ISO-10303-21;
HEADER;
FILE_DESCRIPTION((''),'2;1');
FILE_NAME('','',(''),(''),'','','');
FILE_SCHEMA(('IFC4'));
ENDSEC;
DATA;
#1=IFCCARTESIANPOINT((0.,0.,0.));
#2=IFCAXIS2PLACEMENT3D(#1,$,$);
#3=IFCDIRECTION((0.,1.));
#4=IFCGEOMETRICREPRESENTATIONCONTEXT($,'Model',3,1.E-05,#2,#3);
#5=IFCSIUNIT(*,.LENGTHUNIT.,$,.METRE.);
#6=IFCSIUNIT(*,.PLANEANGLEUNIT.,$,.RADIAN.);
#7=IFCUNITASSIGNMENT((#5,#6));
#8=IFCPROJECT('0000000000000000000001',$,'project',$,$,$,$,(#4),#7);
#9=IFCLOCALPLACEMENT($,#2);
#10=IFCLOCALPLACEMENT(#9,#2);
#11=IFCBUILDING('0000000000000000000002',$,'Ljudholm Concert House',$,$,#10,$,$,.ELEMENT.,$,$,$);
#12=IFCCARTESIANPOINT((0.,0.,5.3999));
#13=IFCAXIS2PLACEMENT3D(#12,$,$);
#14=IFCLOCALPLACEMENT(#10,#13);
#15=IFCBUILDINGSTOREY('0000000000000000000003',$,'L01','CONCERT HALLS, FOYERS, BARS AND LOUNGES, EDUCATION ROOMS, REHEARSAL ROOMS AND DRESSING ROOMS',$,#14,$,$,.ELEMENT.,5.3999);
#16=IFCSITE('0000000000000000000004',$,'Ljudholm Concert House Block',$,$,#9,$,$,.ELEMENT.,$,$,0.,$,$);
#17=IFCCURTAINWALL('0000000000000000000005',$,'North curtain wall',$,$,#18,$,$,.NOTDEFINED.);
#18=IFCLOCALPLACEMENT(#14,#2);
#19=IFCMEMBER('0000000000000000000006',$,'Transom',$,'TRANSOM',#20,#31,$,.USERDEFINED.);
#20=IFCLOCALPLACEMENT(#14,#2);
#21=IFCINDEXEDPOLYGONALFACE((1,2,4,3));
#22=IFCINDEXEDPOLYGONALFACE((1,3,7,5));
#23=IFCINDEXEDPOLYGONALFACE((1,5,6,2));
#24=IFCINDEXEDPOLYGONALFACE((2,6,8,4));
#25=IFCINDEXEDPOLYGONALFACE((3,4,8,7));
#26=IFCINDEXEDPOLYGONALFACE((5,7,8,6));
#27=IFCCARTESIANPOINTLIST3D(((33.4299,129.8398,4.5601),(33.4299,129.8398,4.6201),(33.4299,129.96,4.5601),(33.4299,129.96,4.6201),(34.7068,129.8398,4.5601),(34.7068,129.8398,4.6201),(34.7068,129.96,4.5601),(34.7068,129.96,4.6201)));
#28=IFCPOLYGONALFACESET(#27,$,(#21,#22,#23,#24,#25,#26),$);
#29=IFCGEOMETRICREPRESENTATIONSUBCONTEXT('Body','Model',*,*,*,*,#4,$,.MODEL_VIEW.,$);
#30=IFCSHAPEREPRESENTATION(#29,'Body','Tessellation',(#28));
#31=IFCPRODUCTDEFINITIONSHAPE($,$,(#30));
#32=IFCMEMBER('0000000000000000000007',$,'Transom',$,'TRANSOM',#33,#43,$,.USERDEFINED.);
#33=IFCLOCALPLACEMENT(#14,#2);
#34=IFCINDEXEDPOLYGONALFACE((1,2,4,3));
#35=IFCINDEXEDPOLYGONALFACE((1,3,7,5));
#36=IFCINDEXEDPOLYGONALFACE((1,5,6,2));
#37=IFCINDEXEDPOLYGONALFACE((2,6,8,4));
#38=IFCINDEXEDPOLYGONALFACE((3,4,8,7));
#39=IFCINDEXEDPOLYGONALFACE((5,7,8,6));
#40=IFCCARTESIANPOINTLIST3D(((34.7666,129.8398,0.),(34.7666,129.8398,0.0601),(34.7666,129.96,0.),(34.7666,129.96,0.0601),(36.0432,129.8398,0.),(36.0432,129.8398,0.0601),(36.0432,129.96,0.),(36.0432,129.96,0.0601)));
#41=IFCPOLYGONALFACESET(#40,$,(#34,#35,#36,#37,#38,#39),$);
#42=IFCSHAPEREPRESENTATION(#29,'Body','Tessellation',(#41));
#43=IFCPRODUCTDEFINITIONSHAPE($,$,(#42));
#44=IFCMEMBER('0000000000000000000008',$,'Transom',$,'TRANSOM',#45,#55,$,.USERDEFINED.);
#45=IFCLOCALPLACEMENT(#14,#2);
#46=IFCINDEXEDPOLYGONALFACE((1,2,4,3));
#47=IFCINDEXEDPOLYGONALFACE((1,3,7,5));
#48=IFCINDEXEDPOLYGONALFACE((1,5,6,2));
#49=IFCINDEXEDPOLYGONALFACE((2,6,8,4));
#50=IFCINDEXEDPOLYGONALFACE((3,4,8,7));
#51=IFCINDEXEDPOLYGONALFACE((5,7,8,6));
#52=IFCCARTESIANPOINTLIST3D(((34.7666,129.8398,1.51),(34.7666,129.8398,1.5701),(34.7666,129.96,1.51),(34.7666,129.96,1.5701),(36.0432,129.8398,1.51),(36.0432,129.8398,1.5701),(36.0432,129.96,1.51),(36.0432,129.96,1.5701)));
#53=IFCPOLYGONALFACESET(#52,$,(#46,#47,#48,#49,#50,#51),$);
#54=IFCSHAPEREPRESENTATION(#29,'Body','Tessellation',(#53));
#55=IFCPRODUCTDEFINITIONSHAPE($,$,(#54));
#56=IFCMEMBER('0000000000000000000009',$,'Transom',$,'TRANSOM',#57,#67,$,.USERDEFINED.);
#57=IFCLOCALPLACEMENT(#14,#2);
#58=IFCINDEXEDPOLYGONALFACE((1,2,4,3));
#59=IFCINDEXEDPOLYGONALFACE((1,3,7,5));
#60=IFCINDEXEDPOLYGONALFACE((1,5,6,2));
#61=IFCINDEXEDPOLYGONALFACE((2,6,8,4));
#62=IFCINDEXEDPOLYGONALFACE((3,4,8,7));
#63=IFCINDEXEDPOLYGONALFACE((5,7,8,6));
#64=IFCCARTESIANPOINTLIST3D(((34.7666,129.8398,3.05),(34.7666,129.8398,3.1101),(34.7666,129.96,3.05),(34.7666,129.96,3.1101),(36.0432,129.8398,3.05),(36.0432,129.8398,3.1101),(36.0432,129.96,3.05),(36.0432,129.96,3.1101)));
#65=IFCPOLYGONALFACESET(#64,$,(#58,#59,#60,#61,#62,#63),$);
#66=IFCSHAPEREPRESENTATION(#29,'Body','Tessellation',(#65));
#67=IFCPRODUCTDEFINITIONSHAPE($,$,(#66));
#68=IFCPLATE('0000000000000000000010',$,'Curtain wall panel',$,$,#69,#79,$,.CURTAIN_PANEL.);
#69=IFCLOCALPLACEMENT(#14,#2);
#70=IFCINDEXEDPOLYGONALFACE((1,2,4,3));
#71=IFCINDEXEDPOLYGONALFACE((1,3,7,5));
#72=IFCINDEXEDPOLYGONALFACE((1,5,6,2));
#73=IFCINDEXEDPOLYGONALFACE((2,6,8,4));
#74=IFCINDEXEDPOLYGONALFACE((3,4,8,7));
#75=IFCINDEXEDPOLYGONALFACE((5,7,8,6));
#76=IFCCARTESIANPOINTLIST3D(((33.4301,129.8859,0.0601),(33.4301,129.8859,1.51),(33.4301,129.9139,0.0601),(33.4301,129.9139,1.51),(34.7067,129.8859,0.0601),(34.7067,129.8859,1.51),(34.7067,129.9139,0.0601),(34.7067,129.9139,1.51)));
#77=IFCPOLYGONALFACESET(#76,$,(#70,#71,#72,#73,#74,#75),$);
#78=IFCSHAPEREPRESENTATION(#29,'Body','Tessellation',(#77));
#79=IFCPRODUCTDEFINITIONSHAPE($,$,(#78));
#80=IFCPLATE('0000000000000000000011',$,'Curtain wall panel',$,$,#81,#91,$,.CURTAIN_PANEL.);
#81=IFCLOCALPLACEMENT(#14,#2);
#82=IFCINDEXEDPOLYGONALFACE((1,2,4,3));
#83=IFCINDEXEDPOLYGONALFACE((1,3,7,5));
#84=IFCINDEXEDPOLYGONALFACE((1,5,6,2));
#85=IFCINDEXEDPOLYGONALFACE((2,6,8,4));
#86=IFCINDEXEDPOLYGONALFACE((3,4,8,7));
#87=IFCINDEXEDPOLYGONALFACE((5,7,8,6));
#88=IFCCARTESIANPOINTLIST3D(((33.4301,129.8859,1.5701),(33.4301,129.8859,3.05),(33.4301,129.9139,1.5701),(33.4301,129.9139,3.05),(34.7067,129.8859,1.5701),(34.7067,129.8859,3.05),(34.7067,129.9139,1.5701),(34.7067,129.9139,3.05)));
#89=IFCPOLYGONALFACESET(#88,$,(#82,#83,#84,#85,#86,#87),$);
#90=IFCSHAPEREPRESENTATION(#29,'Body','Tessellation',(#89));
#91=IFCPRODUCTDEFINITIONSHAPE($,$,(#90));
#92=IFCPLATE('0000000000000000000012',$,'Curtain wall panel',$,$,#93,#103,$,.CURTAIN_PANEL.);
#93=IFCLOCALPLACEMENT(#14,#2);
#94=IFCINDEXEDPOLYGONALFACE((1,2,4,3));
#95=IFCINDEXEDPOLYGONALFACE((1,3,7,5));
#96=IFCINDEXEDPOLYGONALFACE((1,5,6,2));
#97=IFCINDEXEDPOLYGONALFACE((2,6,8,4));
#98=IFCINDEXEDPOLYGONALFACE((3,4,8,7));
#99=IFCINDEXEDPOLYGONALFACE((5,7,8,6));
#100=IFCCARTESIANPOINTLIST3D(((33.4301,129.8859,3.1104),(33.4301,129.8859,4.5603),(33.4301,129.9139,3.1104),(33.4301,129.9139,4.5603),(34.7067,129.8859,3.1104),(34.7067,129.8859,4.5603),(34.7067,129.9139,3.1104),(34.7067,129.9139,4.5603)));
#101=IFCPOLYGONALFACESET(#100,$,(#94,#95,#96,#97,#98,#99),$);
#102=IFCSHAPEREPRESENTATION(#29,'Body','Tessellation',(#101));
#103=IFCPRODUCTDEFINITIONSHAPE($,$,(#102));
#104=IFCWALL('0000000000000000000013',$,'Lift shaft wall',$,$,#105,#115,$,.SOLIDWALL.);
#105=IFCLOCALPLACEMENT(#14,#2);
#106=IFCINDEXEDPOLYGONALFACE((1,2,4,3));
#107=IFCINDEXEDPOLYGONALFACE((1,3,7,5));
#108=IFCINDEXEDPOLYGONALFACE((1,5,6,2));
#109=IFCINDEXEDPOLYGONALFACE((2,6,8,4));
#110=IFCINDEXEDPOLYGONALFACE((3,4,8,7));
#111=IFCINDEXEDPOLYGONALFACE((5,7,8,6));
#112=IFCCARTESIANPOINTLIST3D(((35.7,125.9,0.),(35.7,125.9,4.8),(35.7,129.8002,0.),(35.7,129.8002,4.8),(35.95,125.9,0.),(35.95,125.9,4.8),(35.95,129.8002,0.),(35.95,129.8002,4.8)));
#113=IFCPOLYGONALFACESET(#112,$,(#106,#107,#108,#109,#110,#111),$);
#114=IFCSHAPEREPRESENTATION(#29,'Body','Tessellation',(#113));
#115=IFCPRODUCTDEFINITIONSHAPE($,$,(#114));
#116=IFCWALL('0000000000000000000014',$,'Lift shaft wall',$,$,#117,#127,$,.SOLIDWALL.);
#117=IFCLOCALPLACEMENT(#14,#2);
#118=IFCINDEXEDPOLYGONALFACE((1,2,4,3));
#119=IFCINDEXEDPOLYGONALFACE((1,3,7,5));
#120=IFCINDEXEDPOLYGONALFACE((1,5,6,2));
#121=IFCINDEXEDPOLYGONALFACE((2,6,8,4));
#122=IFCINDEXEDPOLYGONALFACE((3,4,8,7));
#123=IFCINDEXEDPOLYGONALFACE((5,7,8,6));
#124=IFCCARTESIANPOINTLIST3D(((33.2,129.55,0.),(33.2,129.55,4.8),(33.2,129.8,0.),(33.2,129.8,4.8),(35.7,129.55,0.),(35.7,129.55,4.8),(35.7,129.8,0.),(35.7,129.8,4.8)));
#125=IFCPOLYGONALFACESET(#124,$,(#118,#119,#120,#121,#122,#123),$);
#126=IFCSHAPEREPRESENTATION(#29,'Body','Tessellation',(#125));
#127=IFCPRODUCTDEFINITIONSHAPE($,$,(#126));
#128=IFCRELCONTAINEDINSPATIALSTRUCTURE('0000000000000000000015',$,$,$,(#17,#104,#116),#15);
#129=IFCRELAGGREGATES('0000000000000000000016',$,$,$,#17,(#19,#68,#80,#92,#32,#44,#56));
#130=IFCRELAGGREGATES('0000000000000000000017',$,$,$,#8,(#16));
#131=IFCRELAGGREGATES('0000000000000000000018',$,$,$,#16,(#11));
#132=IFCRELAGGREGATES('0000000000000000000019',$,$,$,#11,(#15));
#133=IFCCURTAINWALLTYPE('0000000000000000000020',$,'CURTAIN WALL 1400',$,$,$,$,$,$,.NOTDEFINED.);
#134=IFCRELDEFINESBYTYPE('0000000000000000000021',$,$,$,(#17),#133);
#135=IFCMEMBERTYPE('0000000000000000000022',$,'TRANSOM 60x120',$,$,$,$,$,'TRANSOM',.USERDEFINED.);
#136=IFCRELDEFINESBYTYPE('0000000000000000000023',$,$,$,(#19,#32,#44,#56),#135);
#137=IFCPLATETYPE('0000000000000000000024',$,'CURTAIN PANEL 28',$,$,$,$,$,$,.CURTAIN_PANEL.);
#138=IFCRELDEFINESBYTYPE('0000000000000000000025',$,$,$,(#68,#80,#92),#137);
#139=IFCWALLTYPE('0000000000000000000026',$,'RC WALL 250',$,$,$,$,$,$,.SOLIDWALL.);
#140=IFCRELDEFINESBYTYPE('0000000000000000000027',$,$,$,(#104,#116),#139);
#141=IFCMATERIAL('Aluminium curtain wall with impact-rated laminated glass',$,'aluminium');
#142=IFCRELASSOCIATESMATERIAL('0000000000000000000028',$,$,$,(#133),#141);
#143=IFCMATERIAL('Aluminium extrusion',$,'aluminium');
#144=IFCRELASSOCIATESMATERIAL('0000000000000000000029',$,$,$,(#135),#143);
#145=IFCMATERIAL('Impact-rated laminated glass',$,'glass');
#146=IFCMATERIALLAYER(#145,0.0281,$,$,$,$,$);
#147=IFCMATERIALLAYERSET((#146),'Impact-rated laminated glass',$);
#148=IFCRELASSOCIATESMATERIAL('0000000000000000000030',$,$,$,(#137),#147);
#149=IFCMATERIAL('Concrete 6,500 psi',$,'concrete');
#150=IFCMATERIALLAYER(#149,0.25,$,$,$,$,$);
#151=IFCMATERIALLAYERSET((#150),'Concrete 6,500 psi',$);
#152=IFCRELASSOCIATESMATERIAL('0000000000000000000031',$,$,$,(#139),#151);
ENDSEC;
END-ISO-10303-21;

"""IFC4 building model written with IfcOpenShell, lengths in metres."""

from ifc_helpers import new_model, si_unit, direction, frame, frame_2d, origin, origin_2d, place, context, subcontext, project, spatial, rectangle, extrude, material, layer, layer_set, material_profile, profile_set, type_object, element, aggregate, save


model = new_model("IFC4")

# Units and contexts
model_context = context("Model", 3, precision=1e-05, world=origin(), true_north=direction((0.0, 1.0)))
body_context = subcontext(model_context, "Body", "Model", "MODEL_VIEW")
ifc_project = project(units=[si_unit("LENGTHUNIT", "METRE"), si_unit("PLANEANGLEUNIT", "RADIAN")], contexts=[model_context])

# Site, building, storey
site_placement = place(None, origin())
site = spatial("IfcSite", under=ifc_project, at=site_placement, Name="Ljudholm Concert House Block", CompositionType="ELEMENT", RefElevation=0.0)
building_placement = place(site_placement, origin())
building = spatial("IfcBuilding", under=site, at=building_placement, Name="Ljudholm Concert House", CompositionType="ELEMENT")
storey_placement = place(building_placement, frame((0.0, 0.0, 5.3999)))
storey = spatial("IfcBuildingStorey", under=building, at=storey_placement, Name="L01", Description="CONCERT HALLS, FOYERS, BARS AND LOUNGES, EDUCATION ROOMS, REHEARSAL ROOMS AND DRESSING ROOMS", CompositionType="ELEMENT", Elevation=5.3999)

# Curtain wall
ifc_material_1 = material(Name="Aluminium curtain wall with impact-rated laminated glass", Category="aluminium")
curtain_wall_type = type_object("IfcCurtainWallType", Name="CURTAIN WALL 1400", PredefinedType="NOTDEFINED", material=ifc_material_1)
curtain_wall_placement = place(storey_placement, origin())
curtain_wall = element("IfcCurtainWall", 1, at=curtain_wall_placement, inside=storey, type_object=curtain_wall_type, Name="North curtain wall", PredefinedType="NOTDEFINED")

# Members
ifc_material_2 = material(Name="Aluminium extrusion", Category="aluminium")
ifc_material_profile_1 = material_profile(ifc_material_2, rectangle(XDim=0.1201, YDim=0.0601, at=origin_2d()), Name="TRANSOM 60x120")
ifc_profile_set_1 = profile_set([ifc_material_profile_1], Name="Aluminium extrusion")
member_type_1 = type_object("IfcMemberType", Name="TRANSOM 60x120", ElementType="TRANSOM", PredefinedType="USERDEFINED", material=ifc_profile_set_1)
member_1_placement = place(storey_placement, frame((33.4299, 129.8999, 4.5901), z_axis=(1.0, 0.0, 0.0), x_axis=(0.0, 1.0, 0.0)))
member_1 = element("IfcMember", 2, at=member_1_placement, type_object=member_type_1, Name="Transom", ObjectType="TRANSOM", PredefinedType="USERDEFINED", context=body_context, shape_type="SweptSolid", body=[
    extrude(rectangle(XDim=0.1201, YDim=0.0601, at=origin_2d()), origin(), (0.0, 0.0, 1.0), 1.2769),
])
member_2_placement = place(storey_placement, frame((34.7666, 129.8999, 0.03), z_axis=(1.0, 0.0, 0.0), x_axis=(0.0, 1.0, 0.0)))
member_2 = element("IfcMember", 3, at=member_2_placement, type_object=member_type_1, Name="Transom", ObjectType="TRANSOM", PredefinedType="USERDEFINED", context=body_context, shape_type="SweptSolid", body=[
    extrude(rectangle(XDim=0.1201, YDim=0.0601, at=origin_2d()), origin(), (0.0, 0.0, 1.0), 1.2766),
])
member_3_placement = place(storey_placement, frame((34.7666, 129.8999, 1.54), z_axis=(1.0, 0.0, 0.0), x_axis=(0.0, 1.0, 0.0)))
member_3 = element("IfcMember", 4, at=member_3_placement, type_object=member_type_1, Name="Transom", ObjectType="TRANSOM", PredefinedType="USERDEFINED", context=body_context, shape_type="SweptSolid", body=[
    extrude(rectangle(XDim=0.1201, YDim=0.0601, at=origin_2d()), origin(), (0.0, 0.0, 1.0), 1.2766),
])
member_4_placement = place(storey_placement, frame((34.7666, 129.8999, 3.0801), z_axis=(1.0, 0.0, 0.0), x_axis=(0.0, 1.0, 0.0)))
member_4 = element("IfcMember", 5, at=member_4_placement, type_object=member_type_1, Name="Transom", ObjectType="TRANSOM", PredefinedType="USERDEFINED", context=body_context, shape_type="SweptSolid", body=[
    extrude(rectangle(XDim=0.1201, YDim=0.0601, at=origin_2d()), origin(), (0.0, 0.0, 1.0), 1.2766),
])

# Plates
ifc_material_3 = material(Name="Impact-rated laminated glass", Category="glass")
ifc_layer_1 = layer(ifc_material_3, 0.0281)
ifc_layer_set_1 = layer_set([ifc_layer_1], Name="Impact-rated laminated glass")
plate_type = type_object("IfcPlateType", Name="CURTAIN PANEL 28", PredefinedType="CURTAIN_PANEL", material=ifc_layer_set_1)
plate_1_placement = place(storey_placement, frame((34.0684, 129.8999, 0.0601), z_axis=(0.0, 0.0, 1.0), x_axis=(1.0, 0.0, 0.0)))
plate_1 = element("IfcPlate", 6, at=plate_1_placement, type_object=plate_type, Name="Curtain wall panel", PredefinedType="CURTAIN_PANEL", context=body_context, shape_type="SweptSolid", body=[
    extrude(rectangle(XDim=1.2766, YDim=0.0281, at=origin_2d()), origin(), (0.0, 0.0, 1.0), 1.45),
])
plate_2_placement = place(storey_placement, frame((34.0684, 129.8999, 1.5701), z_axis=(0.0, 0.0, 1.0), x_axis=(1.0, 0.0, 0.0)))
plate_2 = element("IfcPlate", 7, at=plate_2_placement, type_object=plate_type, Name="Curtain wall panel", PredefinedType="CURTAIN_PANEL", context=body_context, shape_type="SweptSolid", body=[
    extrude(rectangle(XDim=1.2766, YDim=0.0281, at=origin_2d()), origin(), (0.0, 0.0, 1.0), 1.48),
])
plate_3_placement = place(storey_placement, frame((34.0684, 129.8999, 3.1104), z_axis=(0.0, 0.0, 1.0), x_axis=(1.0, 0.0, 0.0)))
plate_3 = element("IfcPlate", 8, at=plate_3_placement, type_object=plate_type, Name="Curtain wall panel", PredefinedType="CURTAIN_PANEL", context=body_context, shape_type="SweptSolid", body=[
    extrude(rectangle(XDim=1.2766, YDim=0.0281, at=origin_2d()), origin(), (0.0, 0.0, 1.0), 1.45),
])
aggregate(curtain_wall, [member_1, plate_1, plate_2, plate_3, member_2, member_3, member_4])

# Walls
ifc_material_4 = material(Name="Concrete 6,500 psi", Category="concrete")
ifc_layer_2 = layer(ifc_material_4, 0.25)
ifc_layer_set_2 = layer_set([ifc_layer_2], Name="Concrete 6,500 psi")
wall_type = type_object("IfcWallType", Name="RC WALL 250", PredefinedType="SOLIDWALL", material=ifc_layer_set_2)
wall_1_placement = place(storey_placement, frame((35.825, 125.8999, 0.0), z_axis=(0.0, 0.0, 1.0), x_axis=(0.0, 1.0, 0.0)))
element("IfcWall", 9, at=wall_1_placement, inside=storey, type_object=wall_type, Name="Lift shaft wall", PredefinedType="SOLIDWALL", context=body_context, shape_type="SweptSolid", body=[
    extrude(rectangle(XDim=3.9001, YDim=0.25, at=frame_2d((1.9502, 0.0))), origin(), (0.0, 0.0, 1.0), 4.8),
])
wall_2_placement = place(storey_placement, frame((33.2, 129.675, 0.0), z_axis=(0.0, 0.0, 1.0), x_axis=(1.0, 0.0, 0.0)))
element("IfcWall", 10, at=wall_2_placement, inside=storey, type_object=wall_type, Name="Lift shaft wall", PredefinedType="SOLIDWALL", context=body_context, shape_type="SweptSolid", body=[
    extrude(rectangle(XDim=2.5, YDim=0.25, at=frame_2d((1.25, 0.0))), origin(), (0.0, 0.0, 1.0), 4.8),
])

save(model, "model.ifc")
